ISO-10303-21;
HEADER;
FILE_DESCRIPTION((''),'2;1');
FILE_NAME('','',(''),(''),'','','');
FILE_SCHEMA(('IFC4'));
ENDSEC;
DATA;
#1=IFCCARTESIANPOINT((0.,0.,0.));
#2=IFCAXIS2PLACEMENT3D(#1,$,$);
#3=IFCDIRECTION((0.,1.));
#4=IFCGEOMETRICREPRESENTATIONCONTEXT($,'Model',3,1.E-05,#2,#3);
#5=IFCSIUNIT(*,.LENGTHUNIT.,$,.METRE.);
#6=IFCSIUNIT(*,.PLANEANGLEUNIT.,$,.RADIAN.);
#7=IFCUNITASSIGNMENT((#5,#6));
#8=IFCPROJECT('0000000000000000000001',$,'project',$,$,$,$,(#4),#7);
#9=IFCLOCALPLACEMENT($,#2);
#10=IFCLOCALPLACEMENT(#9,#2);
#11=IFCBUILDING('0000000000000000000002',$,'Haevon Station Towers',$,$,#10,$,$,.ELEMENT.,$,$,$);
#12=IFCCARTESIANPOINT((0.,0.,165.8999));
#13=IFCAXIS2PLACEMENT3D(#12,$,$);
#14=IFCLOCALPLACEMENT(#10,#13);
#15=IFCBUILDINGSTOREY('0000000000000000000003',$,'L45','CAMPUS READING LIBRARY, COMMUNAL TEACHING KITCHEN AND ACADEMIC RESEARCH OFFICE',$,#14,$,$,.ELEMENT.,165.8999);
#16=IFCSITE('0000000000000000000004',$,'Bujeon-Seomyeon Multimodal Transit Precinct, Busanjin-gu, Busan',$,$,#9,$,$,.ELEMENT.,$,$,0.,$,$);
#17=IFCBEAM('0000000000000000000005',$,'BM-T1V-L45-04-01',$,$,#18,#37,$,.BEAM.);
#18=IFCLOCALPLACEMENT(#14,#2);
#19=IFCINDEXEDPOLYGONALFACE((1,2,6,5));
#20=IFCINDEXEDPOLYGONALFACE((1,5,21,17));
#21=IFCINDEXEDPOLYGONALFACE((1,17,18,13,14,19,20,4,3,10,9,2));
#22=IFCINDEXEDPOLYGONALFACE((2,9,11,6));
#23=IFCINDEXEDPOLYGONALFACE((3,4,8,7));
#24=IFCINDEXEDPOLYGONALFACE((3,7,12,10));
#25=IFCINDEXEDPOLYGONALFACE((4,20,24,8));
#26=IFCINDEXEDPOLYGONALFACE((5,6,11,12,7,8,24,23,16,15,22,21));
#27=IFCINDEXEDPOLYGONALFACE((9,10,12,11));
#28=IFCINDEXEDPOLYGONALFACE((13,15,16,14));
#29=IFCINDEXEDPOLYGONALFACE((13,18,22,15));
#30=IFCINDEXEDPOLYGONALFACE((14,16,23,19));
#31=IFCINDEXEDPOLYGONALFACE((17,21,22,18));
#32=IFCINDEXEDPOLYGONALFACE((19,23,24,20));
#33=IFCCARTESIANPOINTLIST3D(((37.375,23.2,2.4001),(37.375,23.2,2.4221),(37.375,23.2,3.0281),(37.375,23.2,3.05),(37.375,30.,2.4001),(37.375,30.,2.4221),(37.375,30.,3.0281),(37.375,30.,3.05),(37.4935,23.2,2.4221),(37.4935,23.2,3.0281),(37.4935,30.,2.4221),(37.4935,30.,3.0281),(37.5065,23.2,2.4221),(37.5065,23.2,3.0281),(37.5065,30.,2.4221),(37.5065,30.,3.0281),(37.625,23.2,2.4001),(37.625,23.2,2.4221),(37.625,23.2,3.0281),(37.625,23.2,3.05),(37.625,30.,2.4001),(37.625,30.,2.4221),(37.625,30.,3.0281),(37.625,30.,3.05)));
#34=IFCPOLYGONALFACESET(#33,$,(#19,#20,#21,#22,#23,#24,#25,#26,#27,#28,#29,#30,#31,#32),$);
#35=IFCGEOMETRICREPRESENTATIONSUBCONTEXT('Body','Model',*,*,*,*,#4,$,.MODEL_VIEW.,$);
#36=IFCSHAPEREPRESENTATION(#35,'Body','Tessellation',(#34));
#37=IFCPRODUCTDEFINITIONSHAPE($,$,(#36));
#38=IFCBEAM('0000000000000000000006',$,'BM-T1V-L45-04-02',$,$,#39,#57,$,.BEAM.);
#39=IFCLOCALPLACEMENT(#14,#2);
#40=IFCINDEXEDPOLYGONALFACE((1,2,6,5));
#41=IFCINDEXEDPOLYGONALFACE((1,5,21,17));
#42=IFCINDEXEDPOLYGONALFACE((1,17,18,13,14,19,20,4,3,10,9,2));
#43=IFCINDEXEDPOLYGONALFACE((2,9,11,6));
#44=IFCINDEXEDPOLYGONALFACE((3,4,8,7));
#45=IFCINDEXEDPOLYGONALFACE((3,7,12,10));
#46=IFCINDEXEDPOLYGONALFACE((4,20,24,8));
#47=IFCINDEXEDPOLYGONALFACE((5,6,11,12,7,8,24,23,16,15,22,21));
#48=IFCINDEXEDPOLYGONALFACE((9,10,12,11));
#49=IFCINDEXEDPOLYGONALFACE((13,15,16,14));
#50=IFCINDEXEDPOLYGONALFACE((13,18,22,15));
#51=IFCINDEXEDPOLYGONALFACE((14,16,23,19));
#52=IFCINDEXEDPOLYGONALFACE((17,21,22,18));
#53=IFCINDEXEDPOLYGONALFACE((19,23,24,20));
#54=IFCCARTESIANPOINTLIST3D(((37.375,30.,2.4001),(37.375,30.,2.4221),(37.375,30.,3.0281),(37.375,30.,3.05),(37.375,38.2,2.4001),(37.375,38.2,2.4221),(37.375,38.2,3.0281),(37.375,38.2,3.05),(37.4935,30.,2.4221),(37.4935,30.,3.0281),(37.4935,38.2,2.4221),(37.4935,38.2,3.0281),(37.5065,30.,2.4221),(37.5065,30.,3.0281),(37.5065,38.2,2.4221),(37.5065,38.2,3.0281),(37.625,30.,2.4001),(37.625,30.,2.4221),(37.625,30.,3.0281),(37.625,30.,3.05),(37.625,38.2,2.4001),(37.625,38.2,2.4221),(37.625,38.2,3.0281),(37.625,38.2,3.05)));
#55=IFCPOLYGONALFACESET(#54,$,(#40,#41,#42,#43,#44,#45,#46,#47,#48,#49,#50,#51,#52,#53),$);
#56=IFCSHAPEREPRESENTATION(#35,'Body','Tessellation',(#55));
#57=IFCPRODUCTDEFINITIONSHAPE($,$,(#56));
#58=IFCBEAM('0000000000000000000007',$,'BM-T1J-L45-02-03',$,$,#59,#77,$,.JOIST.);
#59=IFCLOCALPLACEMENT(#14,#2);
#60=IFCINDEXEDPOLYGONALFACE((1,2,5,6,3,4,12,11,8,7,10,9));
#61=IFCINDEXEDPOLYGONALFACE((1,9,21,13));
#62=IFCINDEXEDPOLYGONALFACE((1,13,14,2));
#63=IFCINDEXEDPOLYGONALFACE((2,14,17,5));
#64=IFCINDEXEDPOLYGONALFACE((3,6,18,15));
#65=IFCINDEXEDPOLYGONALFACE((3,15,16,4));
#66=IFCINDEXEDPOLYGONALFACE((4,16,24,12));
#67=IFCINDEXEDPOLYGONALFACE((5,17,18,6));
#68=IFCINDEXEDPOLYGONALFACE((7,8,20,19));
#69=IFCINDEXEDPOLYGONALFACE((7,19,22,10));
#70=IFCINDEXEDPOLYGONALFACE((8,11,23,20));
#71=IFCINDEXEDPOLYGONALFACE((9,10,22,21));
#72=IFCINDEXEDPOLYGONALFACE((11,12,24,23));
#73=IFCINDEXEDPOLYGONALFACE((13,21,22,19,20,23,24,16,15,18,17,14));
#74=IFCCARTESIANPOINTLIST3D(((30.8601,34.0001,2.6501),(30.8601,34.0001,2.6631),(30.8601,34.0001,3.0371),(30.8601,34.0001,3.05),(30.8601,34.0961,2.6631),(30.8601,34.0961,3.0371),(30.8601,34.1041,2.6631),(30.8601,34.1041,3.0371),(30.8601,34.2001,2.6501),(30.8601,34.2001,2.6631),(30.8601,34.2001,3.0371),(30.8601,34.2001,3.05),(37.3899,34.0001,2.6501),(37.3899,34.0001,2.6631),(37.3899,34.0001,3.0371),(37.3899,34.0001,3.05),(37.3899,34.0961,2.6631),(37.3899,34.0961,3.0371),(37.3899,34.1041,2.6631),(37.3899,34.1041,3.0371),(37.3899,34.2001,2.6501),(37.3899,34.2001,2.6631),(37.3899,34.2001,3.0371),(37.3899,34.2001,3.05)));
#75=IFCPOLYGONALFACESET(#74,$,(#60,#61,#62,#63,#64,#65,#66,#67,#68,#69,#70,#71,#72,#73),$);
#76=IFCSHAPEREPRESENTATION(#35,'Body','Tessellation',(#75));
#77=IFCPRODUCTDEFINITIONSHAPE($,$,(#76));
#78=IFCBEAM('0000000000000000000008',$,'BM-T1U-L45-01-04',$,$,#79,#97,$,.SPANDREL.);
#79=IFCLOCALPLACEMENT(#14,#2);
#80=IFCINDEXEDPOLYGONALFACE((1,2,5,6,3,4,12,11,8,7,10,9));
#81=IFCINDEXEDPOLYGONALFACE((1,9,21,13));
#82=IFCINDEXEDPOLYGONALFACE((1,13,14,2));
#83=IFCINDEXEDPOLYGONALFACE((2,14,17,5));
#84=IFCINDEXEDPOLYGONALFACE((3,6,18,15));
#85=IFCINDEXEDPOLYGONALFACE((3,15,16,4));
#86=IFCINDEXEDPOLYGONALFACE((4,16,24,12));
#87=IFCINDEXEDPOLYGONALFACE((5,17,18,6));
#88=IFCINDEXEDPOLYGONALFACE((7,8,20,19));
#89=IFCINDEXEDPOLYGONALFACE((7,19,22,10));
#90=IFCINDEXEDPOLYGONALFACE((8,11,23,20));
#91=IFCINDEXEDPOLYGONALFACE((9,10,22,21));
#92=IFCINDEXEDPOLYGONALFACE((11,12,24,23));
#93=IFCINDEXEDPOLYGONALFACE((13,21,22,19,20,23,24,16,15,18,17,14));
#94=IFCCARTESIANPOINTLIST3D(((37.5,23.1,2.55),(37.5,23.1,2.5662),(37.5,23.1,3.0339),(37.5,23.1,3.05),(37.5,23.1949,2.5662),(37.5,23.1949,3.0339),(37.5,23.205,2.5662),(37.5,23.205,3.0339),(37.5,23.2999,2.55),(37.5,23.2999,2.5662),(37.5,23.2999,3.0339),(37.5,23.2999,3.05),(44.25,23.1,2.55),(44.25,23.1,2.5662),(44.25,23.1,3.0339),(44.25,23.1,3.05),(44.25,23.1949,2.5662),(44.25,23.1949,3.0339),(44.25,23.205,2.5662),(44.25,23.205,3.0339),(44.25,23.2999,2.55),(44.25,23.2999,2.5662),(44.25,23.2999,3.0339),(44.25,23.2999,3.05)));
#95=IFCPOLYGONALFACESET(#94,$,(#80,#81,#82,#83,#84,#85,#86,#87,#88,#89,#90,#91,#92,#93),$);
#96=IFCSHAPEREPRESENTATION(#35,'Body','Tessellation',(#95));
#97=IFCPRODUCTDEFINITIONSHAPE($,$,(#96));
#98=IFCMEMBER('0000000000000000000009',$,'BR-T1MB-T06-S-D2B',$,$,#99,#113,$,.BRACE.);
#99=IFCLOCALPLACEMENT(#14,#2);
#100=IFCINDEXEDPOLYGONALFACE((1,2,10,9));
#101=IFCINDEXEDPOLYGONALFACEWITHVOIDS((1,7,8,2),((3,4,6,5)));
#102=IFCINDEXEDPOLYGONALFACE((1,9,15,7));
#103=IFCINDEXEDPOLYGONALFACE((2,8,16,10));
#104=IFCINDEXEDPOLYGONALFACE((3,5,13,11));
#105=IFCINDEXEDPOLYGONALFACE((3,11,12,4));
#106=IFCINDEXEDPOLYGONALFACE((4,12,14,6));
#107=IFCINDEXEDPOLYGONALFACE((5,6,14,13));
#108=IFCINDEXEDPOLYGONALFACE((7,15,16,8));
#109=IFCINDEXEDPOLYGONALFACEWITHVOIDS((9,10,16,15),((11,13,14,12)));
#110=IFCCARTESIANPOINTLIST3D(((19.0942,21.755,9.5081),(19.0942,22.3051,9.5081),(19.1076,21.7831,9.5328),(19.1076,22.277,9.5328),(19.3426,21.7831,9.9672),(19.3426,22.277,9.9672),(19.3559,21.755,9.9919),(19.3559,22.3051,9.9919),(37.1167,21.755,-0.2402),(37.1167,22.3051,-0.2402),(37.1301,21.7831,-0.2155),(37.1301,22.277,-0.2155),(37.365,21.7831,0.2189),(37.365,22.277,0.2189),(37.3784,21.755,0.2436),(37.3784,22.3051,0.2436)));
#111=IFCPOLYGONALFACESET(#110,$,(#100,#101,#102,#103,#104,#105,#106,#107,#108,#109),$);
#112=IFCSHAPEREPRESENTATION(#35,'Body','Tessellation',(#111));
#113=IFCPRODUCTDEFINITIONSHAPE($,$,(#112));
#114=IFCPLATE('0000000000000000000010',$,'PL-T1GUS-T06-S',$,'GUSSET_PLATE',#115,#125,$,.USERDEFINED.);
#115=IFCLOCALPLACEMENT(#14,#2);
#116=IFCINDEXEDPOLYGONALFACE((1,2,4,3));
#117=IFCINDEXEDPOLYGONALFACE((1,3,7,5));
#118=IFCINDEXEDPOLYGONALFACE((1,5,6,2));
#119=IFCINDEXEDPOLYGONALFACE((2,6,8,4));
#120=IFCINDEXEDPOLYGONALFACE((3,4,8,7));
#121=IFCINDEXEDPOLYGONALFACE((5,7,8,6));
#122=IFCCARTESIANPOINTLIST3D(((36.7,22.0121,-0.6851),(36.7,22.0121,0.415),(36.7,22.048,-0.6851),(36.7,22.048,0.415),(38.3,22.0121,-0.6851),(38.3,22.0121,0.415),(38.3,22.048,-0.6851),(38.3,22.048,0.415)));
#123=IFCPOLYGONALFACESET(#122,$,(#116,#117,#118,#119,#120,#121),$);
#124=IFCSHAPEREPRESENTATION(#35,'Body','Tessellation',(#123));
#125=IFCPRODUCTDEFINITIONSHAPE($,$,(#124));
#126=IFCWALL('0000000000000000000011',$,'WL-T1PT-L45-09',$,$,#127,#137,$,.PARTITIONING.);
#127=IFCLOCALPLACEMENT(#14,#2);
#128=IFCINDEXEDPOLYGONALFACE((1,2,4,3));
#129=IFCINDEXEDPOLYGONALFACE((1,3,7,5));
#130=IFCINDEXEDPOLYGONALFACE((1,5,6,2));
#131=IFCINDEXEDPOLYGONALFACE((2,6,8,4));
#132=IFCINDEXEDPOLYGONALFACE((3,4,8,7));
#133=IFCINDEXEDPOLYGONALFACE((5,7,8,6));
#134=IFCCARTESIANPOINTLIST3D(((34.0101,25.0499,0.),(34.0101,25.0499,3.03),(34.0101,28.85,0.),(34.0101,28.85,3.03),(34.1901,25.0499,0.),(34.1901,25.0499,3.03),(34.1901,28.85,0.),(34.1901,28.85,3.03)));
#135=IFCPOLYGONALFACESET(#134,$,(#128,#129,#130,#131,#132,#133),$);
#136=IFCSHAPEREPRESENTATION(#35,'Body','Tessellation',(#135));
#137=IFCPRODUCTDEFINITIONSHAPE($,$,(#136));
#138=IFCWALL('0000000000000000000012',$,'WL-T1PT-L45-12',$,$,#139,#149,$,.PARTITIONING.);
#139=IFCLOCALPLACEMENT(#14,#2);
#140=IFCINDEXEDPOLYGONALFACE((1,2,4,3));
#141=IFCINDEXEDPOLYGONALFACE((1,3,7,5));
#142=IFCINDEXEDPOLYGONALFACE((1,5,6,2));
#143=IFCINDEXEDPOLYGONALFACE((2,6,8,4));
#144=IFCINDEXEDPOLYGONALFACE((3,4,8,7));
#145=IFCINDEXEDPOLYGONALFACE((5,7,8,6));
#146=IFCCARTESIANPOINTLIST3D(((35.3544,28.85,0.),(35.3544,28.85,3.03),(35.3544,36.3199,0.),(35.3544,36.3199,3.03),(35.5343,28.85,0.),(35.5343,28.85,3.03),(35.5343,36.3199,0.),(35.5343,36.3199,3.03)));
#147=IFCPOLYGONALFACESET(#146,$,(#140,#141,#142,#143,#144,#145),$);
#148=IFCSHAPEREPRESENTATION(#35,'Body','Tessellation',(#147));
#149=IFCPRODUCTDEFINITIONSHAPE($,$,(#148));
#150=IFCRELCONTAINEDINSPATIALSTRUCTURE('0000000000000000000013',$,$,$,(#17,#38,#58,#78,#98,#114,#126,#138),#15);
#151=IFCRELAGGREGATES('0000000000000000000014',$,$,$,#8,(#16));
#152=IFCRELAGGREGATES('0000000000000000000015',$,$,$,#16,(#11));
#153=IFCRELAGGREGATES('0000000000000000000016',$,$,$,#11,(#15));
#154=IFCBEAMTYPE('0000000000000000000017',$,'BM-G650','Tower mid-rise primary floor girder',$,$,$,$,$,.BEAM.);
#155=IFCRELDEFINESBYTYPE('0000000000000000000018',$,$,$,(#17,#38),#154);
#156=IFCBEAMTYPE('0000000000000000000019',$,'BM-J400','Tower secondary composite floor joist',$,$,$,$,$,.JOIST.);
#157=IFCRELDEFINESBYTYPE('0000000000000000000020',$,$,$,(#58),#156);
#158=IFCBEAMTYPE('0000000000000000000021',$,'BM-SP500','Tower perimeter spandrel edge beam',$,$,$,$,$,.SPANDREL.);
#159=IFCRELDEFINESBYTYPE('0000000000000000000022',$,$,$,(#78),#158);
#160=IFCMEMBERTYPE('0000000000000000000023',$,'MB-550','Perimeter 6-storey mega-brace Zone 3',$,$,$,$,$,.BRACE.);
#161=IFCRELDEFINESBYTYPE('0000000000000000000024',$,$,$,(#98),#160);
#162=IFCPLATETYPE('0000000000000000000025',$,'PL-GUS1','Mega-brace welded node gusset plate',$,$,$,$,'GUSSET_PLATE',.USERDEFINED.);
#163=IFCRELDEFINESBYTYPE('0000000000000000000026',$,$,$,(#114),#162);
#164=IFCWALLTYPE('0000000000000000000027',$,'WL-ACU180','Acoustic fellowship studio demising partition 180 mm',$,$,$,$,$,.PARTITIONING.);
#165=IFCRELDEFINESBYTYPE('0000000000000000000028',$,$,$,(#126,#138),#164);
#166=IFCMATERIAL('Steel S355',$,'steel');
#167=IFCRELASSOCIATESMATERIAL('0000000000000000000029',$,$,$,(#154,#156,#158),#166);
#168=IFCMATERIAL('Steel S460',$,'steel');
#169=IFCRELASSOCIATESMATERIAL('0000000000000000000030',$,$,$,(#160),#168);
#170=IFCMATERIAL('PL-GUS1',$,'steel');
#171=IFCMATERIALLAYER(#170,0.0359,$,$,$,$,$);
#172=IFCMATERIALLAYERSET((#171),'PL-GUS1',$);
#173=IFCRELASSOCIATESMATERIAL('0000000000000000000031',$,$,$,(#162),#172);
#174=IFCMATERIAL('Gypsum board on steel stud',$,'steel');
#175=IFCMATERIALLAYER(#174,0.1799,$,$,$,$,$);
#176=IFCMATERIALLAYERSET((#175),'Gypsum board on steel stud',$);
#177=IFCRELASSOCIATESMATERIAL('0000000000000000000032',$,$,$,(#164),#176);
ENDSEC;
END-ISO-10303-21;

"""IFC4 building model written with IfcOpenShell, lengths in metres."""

from ifc_helpers import new_model, si_unit, direction, frame, frame_2d, origin, origin_2d, place, context, subcontext, project, spatial, rectangle, hollow_rectangle, i_section, extrude, material, layer, layer_set, material_profile, profile_set, type_object, element, save


model = new_model("IFC4")

# Units and contexts
model_context = context("Model", 3, precision=1e-05, world=origin(), true_north=direction((0.0, 1.0)))
body_context = subcontext(model_context, "Body", "Model", "MODEL_VIEW")
ifc_project = project(units=[si_unit("LENGTHUNIT", "METRE"), si_unit("PLANEANGLEUNIT", "RADIAN")], contexts=[model_context])

# Site, building, storey
site_placement = place(None, origin())
site = spatial("IfcSite", under=ifc_project, at=site_placement, Name="Bujeon-Seomyeon Multimodal Transit Precinct, Busanjin-gu, Busan", CompositionType="ELEMENT", RefElevation=0.0)
building_placement = place(site_placement, origin())
building = spatial("IfcBuilding", under=site, at=building_placement, Name="Haevon Station Towers", CompositionType="ELEMENT")
storey_placement = place(building_placement, frame((0.0, 0.0, 165.8999)))
storey = spatial("IfcBuildingStorey", under=building, at=storey_placement, Name="L45", Description="CAMPUS READING LIBRARY, COMMUNAL TEACHING KITCHEN AND ACADEMIC RESEARCH OFFICE", CompositionType="ELEMENT", Elevation=165.8999)

# Shared definitions
ifc_material_1 = material(Name="Steel S355", Category="steel")

# Beams
ifc_material_profile_1 = material_profile(ifc_material_1, i_section(OverallWidth=0.25, OverallDepth=0.6499, WebThickness=0.0129, FlangeThickness=0.022, at=origin_2d()), Name="H-650x250x13x22")
ifc_profile_set_1 = profile_set([ifc_material_profile_1], Name="Steel S355")
beam_type_1 = type_object("IfcBeamType", Name="BM-G650", Description="Tower mid-rise primary floor girder", PredefinedType="BEAM", material=ifc_profile_set_1)
beam_1_placement = place(storey_placement, frame((37.5, 23.2, 2.7251), z_axis=(0.0, 1.0, 0.0), x_axis=(-1.0, 0.0, 0.0)))
element("IfcBeam", 1, at=beam_1_placement, inside=storey, type_object=beam_type_1, Name="BM-T1V-L45-04-01", PredefinedType="BEAM", context=body_context, shape_type="SweptSolid", body=[
    extrude(i_section(OverallWidth=0.25, OverallDepth=0.6499, WebThickness=0.0129, FlangeThickness=0.022, at=origin_2d()), origin(), (0.0, 0.0, 1.0), 6.8),
])
beam_2_placement = place(storey_placement, frame((37.5, 30.0, 2.7251), z_axis=(0.0, 1.0, 0.0), x_axis=(-1.0, 0.0, 0.0)))
element("IfcBeam", 2, at=beam_2_placement, inside=storey, type_object=beam_type_1, Name="BM-T1V-L45-04-02", PredefinedType="BEAM", context=body_context, shape_type="SweptSolid", body=[
    extrude(i_section(OverallWidth=0.25, OverallDepth=0.6499, WebThickness=0.0129, FlangeThickness=0.022, at=origin_2d()), origin(), (0.0, 0.0, 1.0), 8.2),
])
ifc_material_profile_2 = material_profile(ifc_material_1, i_section(OverallWidth=0.2, OverallDepth=0.3999, WebThickness=0.0081, FlangeThickness=0.0129, at=origin_2d()), Name="H-400x200x8x13")
ifc_profile_set_2 = profile_set([ifc_material_profile_2], Name="Steel S355")
beam_type_2 = type_object("IfcBeamType", Name="BM-J400", Description="Tower secondary composite floor joist", PredefinedType="JOIST", material=ifc_profile_set_2)
beam_3_placement = place(storey_placement, frame((30.8601, 34.1001, 2.8501), z_axis=(1.0, 0.0, 0.0), x_axis=(0.0, 1.0, 0.0)))
element("IfcBeam", 3, at=beam_3_placement, inside=storey, type_object=beam_type_2, Name="BM-T1J-L45-02-03", PredefinedType="JOIST", context=body_context, shape_type="SweptSolid", body=[
    extrude(i_section(OverallWidth=0.2, OverallDepth=0.3999, WebThickness=0.0081, FlangeThickness=0.0129, at=origin_2d()), origin(), (0.0, 0.0, 1.0), 6.5298),
])
ifc_material_profile_3 = material_profile(ifc_material_1, i_section(OverallWidth=0.2, OverallDepth=0.5, WebThickness=0.01, FlangeThickness=0.0161, at=origin_2d()), Name="H-500x200x10x16")
ifc_profile_set_3 = profile_set([ifc_material_profile_3], Name="Steel S355")
beam_type_3 = type_object("IfcBeamType", Name="BM-SP500", Description="Tower perimeter spandrel edge beam", PredefinedType="SPANDREL", material=ifc_profile_set_3)
beam_4_placement = place(storey_placement, frame((37.5, 23.2, 2.8), z_axis=(1.0, 0.0, 0.0), x_axis=(0.0, 1.0, 0.0)))
element("IfcBeam", 4, at=beam_4_placement, inside=storey, type_object=beam_type_3, Name="BM-T1U-L45-01-04", PredefinedType="SPANDREL", context=body_context, shape_type="SweptSolid", body=[
    extrude(i_section(OverallWidth=0.2, OverallDepth=0.5, WebThickness=0.01, FlangeThickness=0.0161, at=origin_2d()), origin(), (0.0, 0.0, 1.0), 6.75),
])

# Member
ifc_material_2 = material(Name="Steel S460", Category="steel")
ifc_material_profile_4 = material_profile(ifc_material_2, hollow_rectangle(XDim=0.55, YDim=0.55, WallThickness=0.0281, at=origin_2d()), Name="RHS-550x550x28")
ifc_profile_set_4 = profile_set([ifc_material_profile_4], Name="Steel S460")
member_type = type_object("IfcMemberType", Name="MB-550", Description="Perimeter 6-storey mega-brace Zone 3", PredefinedType="BRACE", material=ifc_profile_set_4)
member_placement = place(storey_placement, frame((37.2476, 22.03, 0.0017), z_axis=(-0.879575, 0.0, 0.47576), x_axis=(0.0, -1.0, 0.0)))
element("IfcMember", 5, at=member_placement, inside=storey, type_object=member_type, Name="BR-T1MB-T06-S-D2B", PredefinedType="BRACE", context=body_context, shape_type="SweptSolid", body=[
    extrude(hollow_rectangle(XDim=0.55, YDim=0.55, WallThickness=0.0281, at=origin_2d()), origin(), (0.0, 0.0, 1.0), 20.49),
])

# Plate
ifc_material_3 = material(Name="PL-GUS1", Category="steel")
ifc_layer_1 = layer(ifc_material_3, 0.0359)
ifc_layer_set_1 = layer_set([ifc_layer_1], Name="PL-GUS1")
plate_type = type_object("IfcPlateType", Name="PL-GUS1", Description="Mega-brace welded node gusset plate", ElementType="GUSSET_PLATE", PredefinedType="USERDEFINED", material=ifc_layer_set_1)
plate_placement = place(storey_placement, frame((37.5, 22.03, -0.6851), z_axis=(0.0, 0.0, 1.0), x_axis=(1.0, 0.0, 0.0)))
element("IfcPlate", 6, at=plate_placement, inside=storey, type_object=plate_type, Name="PL-T1GUS-T06-S", ObjectType="GUSSET_PLATE", PredefinedType="USERDEFINED", context=body_context, shape_type="SweptSolid", body=[
    extrude(rectangle(XDim=1.6001, YDim=0.0359, at=origin_2d()), origin(), (0.0, 0.0, 1.0), 1.1001),
])

# Walls
ifc_material_4 = material(Name="Gypsum board on steel stud", Category="steel")
ifc_layer_2 = layer(ifc_material_4, 0.1799)
ifc_layer_set_2 = layer_set([ifc_layer_2], Name="Gypsum board on steel stud")
wall_type_1 = type_object("IfcWallType", Name="WL-ACU180", Description="Acoustic fellowship studio demising partition 180 mm", PredefinedType="PARTITIONING", material=ifc_layer_set_2)
wall_1_placement = place(storey_placement, frame((34.1001, 25.05, 0.0), z_axis=(0.0, 0.0, 1.0), x_axis=(0.0, 1.0, 0.0)))
element("IfcWall", 7, at=wall_1_placement, inside=storey, type_object=wall_type_1, Name="WL-T1PT-L45-09", PredefinedType="PARTITIONING", context=body_context, shape_type="SweptSolid", body=[
    extrude(rectangle(XDim=3.8, YDim=0.1799, at=frame_2d((1.8999, 0.0))), origin(), (0.0, 0.0, 1.0), 3.03),
])
wall_2_placement = place(storey_placement, frame((35.4443, 28.8501, 0.0), z_axis=(0.0, 0.0, 1.0), x_axis=(0.0, 1.0, 0.0)))
element("IfcWall", 8, at=wall_2_placement, inside=storey, type_object=wall_type_1, Name="WL-T1PT-L45-12", PredefinedType="PARTITIONING", context=body_context, shape_type="SweptSolid", body=[
    extrude(rectangle(XDim=7.47, YDim=0.1799, at=frame_2d((3.7349, 0.0))), origin(), (0.0, 0.0, 1.0), 3.03),
])

save(model, "model.ifc")
